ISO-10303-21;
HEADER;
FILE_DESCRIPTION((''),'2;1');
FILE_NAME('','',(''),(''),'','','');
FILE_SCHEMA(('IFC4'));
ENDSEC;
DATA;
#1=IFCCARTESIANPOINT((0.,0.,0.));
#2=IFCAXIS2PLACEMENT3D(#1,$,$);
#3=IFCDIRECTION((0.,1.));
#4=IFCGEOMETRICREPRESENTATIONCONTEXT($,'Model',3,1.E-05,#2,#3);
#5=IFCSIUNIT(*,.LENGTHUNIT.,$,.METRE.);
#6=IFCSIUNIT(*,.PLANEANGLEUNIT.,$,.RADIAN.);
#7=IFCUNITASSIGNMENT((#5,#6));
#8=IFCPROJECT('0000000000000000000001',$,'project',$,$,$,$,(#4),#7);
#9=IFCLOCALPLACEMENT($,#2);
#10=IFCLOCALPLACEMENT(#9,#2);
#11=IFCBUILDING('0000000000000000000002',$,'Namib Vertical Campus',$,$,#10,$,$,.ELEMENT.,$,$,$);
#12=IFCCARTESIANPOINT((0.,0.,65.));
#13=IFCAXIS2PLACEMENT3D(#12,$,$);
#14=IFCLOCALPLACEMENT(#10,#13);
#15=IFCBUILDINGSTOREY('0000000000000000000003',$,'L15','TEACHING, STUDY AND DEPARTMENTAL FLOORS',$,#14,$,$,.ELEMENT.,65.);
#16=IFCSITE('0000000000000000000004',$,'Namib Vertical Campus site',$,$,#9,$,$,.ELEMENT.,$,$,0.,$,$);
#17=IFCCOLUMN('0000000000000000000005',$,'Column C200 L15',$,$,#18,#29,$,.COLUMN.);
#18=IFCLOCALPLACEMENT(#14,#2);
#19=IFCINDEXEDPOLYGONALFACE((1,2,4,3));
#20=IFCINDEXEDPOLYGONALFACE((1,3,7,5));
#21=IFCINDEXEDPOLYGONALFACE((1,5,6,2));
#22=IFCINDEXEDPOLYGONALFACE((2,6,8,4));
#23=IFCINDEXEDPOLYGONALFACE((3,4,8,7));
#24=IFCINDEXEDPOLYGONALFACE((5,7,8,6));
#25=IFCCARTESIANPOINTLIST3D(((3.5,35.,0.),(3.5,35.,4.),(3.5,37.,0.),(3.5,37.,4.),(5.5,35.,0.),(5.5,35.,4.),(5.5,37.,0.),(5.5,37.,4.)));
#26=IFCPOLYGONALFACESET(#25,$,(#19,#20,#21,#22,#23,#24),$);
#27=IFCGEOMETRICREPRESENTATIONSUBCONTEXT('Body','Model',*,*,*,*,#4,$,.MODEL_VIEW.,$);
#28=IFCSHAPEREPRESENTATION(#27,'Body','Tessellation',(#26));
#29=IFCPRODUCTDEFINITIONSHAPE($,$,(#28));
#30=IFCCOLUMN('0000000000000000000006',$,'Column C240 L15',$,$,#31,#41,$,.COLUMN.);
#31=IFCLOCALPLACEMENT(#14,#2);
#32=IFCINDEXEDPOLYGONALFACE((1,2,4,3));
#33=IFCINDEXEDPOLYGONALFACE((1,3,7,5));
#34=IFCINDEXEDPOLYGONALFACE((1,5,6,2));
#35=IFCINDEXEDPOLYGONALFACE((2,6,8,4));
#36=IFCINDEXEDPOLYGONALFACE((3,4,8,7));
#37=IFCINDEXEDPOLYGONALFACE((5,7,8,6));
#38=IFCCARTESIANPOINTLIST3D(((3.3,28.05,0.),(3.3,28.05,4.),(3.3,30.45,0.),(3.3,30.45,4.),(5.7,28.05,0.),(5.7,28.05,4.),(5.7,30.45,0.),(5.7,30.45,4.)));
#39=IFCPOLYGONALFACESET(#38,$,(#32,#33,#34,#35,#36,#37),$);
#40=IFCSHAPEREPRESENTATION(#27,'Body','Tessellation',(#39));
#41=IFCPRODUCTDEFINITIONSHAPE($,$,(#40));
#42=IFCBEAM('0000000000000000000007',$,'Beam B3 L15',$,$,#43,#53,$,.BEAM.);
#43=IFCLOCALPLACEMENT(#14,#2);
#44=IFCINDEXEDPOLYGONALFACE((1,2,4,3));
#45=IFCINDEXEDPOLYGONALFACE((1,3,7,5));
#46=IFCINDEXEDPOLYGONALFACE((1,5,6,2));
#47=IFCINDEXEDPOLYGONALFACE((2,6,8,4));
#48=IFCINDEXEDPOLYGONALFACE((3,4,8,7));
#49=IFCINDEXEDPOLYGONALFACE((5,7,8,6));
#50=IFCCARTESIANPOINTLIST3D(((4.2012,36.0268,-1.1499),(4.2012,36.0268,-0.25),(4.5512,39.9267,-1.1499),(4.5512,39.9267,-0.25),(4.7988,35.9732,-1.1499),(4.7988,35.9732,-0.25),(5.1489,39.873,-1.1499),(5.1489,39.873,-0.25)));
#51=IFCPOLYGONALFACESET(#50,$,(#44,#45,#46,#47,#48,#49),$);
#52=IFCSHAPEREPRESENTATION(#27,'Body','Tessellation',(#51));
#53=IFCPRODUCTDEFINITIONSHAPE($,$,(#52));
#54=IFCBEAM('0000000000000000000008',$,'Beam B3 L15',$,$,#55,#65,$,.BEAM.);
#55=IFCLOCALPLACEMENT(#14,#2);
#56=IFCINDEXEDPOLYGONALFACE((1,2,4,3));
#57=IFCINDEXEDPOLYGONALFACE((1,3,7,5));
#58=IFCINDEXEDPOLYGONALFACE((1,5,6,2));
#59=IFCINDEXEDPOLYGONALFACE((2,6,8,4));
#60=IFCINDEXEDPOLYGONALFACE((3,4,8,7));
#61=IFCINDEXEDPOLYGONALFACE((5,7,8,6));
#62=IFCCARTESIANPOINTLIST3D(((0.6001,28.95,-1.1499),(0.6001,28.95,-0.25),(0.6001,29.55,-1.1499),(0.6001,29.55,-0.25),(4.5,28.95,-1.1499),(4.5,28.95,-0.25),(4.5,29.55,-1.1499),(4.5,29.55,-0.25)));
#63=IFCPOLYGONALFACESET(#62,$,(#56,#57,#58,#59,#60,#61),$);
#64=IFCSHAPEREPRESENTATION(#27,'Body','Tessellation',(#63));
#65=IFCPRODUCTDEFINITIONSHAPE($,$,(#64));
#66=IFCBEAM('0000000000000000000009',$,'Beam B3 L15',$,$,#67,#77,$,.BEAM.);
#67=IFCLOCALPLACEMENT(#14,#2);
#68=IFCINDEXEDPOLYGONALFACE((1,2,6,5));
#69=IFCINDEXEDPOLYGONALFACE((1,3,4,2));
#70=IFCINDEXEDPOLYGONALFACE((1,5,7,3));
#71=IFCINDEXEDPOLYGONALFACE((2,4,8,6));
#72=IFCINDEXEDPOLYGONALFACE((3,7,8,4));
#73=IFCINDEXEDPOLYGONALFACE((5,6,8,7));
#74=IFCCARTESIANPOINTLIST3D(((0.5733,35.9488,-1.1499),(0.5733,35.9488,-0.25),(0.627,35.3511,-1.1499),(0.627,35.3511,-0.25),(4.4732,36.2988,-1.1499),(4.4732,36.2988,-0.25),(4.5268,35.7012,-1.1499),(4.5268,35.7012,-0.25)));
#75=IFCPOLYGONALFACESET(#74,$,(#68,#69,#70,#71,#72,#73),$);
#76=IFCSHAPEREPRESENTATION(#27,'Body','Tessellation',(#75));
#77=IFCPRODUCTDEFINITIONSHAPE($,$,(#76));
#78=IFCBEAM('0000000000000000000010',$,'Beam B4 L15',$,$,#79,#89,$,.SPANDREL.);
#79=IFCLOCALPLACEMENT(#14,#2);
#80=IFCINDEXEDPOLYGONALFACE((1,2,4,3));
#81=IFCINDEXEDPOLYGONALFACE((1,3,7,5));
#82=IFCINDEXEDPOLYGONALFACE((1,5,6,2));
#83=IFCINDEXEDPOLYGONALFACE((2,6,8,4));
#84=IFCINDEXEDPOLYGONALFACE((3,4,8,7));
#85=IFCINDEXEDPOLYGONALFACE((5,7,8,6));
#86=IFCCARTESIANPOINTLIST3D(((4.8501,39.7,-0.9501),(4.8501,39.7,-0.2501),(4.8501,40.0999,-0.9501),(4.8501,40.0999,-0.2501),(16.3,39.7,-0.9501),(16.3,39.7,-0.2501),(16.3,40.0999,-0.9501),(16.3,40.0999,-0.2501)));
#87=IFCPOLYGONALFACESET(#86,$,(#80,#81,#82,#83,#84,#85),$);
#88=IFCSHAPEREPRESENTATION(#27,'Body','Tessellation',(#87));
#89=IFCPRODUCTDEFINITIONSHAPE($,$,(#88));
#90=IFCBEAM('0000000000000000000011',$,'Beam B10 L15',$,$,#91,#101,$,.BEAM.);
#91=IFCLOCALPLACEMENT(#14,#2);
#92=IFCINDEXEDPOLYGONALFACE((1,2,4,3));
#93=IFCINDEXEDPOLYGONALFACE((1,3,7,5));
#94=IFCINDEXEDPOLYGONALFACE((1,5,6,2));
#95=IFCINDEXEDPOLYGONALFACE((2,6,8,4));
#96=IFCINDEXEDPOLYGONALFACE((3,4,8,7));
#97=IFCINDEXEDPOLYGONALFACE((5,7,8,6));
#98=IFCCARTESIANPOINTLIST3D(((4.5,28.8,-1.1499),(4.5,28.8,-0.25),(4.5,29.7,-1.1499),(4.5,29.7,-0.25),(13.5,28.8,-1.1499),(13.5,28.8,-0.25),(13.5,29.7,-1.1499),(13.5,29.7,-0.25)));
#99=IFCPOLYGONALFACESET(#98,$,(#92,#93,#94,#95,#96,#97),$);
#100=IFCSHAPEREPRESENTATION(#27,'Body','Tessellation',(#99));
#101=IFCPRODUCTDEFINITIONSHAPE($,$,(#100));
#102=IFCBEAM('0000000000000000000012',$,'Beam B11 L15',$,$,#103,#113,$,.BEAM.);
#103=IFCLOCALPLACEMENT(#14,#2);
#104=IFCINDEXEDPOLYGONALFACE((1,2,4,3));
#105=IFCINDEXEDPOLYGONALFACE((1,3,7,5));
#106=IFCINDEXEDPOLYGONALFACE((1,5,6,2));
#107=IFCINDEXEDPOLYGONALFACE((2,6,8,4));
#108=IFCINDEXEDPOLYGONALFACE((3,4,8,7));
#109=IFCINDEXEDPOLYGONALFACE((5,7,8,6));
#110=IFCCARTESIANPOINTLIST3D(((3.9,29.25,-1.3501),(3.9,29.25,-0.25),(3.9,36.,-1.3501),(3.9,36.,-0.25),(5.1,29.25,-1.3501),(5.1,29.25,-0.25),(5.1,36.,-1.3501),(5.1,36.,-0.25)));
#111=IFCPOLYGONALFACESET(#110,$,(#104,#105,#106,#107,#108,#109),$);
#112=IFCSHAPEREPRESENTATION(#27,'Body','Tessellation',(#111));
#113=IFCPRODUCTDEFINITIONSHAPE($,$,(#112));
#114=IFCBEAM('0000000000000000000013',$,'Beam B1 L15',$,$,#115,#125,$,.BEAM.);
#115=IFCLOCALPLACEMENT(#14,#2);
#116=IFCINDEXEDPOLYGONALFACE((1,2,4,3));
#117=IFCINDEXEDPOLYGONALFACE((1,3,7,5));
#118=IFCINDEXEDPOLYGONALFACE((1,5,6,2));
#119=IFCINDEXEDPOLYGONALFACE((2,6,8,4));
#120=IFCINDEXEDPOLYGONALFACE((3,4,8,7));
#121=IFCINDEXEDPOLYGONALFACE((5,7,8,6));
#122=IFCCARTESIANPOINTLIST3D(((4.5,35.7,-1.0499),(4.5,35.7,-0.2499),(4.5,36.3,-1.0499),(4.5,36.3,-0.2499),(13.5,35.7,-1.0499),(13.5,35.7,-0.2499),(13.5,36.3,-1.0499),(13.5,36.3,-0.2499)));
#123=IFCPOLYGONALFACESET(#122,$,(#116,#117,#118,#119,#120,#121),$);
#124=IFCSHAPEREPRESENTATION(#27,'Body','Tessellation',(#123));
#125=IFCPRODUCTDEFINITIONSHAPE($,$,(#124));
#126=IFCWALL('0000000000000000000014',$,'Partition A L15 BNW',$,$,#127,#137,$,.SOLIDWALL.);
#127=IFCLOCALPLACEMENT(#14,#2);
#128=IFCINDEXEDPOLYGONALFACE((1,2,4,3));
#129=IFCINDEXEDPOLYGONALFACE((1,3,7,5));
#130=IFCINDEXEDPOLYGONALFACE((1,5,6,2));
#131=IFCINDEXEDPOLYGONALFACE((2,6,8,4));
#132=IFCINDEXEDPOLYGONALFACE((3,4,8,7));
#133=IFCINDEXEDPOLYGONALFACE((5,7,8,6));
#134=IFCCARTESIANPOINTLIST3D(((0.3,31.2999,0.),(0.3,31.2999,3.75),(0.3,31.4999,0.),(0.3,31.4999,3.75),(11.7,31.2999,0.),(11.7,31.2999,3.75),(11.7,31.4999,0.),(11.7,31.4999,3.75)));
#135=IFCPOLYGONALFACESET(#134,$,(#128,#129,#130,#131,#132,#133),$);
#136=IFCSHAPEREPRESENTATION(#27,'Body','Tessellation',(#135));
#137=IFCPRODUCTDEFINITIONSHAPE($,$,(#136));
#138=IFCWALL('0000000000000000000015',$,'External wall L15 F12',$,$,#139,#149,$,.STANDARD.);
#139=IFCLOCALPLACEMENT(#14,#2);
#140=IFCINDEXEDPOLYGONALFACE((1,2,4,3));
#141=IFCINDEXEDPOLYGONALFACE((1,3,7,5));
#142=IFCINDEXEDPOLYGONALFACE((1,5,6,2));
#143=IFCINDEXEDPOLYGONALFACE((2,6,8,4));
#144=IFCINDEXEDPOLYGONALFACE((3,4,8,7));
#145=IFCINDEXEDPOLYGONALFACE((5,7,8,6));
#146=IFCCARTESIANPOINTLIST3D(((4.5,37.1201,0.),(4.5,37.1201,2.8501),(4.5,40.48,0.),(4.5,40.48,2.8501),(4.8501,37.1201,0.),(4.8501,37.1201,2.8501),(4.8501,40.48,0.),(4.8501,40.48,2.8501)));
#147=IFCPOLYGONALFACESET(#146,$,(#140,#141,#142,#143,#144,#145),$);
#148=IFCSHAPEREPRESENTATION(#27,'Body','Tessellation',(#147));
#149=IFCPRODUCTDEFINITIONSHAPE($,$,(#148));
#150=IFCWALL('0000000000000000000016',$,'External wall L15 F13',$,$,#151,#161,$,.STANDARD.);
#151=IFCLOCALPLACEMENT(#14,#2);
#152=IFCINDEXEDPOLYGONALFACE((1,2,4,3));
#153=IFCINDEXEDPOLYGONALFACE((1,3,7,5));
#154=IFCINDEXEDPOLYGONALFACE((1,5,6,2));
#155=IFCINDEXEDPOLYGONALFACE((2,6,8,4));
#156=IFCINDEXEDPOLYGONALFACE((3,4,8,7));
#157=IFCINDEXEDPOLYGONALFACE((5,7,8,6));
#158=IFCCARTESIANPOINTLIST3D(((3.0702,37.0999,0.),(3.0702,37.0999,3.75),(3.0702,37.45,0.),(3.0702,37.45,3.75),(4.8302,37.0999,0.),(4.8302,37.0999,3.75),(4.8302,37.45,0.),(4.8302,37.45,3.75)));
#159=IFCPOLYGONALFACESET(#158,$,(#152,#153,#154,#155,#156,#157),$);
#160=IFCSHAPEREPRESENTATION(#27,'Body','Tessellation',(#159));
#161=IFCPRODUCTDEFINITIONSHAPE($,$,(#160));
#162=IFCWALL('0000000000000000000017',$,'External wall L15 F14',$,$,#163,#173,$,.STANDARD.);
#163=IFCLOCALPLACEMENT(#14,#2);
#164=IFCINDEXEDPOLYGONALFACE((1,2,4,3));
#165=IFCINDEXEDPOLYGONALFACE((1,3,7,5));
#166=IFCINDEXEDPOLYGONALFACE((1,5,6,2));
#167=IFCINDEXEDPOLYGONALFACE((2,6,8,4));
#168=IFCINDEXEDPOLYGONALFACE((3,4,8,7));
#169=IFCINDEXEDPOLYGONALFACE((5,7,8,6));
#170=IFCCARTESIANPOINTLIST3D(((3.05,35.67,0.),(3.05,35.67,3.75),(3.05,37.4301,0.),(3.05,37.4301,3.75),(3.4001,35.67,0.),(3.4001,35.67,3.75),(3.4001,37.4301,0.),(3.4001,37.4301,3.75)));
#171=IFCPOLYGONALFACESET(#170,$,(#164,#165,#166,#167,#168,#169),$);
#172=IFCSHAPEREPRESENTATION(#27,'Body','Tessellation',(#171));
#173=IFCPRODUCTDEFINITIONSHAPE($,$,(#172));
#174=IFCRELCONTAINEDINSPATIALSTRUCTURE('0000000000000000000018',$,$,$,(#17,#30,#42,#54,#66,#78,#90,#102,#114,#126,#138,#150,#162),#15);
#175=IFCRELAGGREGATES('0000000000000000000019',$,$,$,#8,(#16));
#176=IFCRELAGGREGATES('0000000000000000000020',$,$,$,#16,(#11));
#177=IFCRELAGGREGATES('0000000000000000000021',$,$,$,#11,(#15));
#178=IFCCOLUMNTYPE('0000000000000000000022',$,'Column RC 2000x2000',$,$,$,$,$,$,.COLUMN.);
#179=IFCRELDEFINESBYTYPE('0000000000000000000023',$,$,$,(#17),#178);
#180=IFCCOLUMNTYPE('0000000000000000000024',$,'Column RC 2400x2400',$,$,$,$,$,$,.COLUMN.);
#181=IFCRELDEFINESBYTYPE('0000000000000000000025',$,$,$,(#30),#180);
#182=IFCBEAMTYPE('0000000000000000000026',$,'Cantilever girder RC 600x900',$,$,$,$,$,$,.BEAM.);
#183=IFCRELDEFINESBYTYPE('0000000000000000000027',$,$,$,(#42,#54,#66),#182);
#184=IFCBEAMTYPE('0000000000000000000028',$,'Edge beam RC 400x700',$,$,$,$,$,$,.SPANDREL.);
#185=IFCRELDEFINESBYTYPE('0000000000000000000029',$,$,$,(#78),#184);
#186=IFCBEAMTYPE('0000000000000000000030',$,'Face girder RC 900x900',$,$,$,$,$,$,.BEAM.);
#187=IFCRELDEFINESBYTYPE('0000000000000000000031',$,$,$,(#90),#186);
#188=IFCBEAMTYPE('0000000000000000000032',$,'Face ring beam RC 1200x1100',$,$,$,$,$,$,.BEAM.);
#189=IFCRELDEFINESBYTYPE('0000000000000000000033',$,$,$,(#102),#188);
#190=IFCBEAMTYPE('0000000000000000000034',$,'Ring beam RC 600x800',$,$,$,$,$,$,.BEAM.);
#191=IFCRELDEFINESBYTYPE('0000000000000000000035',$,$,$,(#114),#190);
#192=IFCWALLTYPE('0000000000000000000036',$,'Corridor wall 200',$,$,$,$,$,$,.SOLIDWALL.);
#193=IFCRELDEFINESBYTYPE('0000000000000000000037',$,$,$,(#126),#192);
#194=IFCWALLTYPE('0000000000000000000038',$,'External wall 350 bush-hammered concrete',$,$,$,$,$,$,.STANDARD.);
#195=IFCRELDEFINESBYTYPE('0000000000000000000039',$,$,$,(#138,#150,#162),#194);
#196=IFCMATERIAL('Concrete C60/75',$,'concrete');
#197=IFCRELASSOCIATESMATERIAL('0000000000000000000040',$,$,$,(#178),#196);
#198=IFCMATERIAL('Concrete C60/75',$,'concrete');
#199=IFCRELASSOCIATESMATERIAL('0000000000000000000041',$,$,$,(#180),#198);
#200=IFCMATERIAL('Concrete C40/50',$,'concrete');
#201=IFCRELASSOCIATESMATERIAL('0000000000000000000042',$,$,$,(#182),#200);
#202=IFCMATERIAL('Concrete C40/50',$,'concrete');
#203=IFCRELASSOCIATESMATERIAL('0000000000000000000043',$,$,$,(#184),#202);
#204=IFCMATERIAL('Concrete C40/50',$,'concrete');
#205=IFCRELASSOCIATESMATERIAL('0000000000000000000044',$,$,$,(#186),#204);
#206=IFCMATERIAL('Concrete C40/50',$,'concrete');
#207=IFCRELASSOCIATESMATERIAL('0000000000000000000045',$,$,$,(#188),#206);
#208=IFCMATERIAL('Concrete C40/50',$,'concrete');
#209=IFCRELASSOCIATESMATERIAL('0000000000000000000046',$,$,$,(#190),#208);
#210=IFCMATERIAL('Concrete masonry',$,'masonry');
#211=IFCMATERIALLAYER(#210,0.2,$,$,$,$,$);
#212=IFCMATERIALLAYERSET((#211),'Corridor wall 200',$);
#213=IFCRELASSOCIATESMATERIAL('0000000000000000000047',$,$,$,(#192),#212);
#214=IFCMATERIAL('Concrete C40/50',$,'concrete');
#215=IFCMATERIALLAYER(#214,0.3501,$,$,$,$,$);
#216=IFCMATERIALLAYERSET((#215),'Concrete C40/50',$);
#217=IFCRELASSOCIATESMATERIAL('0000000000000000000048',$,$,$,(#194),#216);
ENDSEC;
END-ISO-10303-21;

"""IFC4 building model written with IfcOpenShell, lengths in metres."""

from ifc_helpers import new_model, si_unit, direction, frame, frame_2d, origin, origin_2d, place, context, subcontext, project, spatial, rectangle, extrude, material, layer, layer_set, material_profile, profile_set, type_object, element, save


model = new_model("IFC4")

# Units and contexts
model_context = context("Model", 3, precision=1e-05, world=origin(), true_north=direction((0.0, 1.0)))
body_context = subcontext(model_context, "Body", "Model", "MODEL_VIEW")
ifc_project = project(units=[si_unit("LENGTHUNIT", "METRE"), si_unit("PLANEANGLEUNIT", "RADIAN")], contexts=[model_context])

# Site, building, storey
site_placement = place(None, origin())
site = spatial("IfcSite", under=ifc_project, at=site_placement, Name="Namib Vertical Campus site", CompositionType="ELEMENT", RefElevation=0.0)
building_placement = place(site_placement, origin())
building = spatial("IfcBuilding", under=site, at=building_placement, Name="Namib Vertical Campus", CompositionType="ELEMENT")
storey_placement = place(building_placement, frame((0.0, 0.0, 65.0)))
storey = spatial("IfcBuildingStorey", under=building, at=storey_placement, Name="L15", Description="TEACHING, STUDY AND DEPARTMENTAL FLOORS", CompositionType="ELEMENT", Elevation=65.0)

# Columns
ifc_material_1 = material(Name="Concrete C60/75", Category="concrete")
ifc_material_profile_1 = material_profile(ifc_material_1, rectangle(XDim=2.0, YDim=2.0, at=origin_2d()))
ifc_profile_set_1 = profile_set([ifc_material_profile_1], Name="Concrete C60/75")
column_type_1 = type_object("IfcColumnType", Name="Column RC 2000x2000", PredefinedType="COLUMN", material=ifc_profile_set_1)
column_1_placement = place(storey_placement, frame((4.5, 36.0, 0.0), z_axis=(0.0, 0.0, 1.0), x_axis=(1.0, 0.0, 0.0)))
element("IfcColumn", 1, at=column_1_placement, inside=storey, type_object=column_type_1, Name="Column C200 L15", PredefinedType="COLUMN", context=body_context, shape_type="SweptSolid", body=[
    extrude(rectangle(XDim=2.0, YDim=2.0, at=origin_2d()), origin(), (0.0, 0.0, 1.0), 4.0),
])
ifc_material_2 = material(Name="Concrete C60/75", Category="concrete")
ifc_material_profile_2 = material_profile(ifc_material_2, rectangle(XDim=2.3999, YDim=2.3999, at=origin_2d()))
ifc_profile_set_2 = profile_set([ifc_material_profile_2], Name="Concrete C60/75")
column_type_2 = type_object("IfcColumnType", Name="Column RC 2400x2400", PredefinedType="COLUMN", material=ifc_profile_set_2)
column_2_placement = place(storey_placement, frame((4.5, 29.25, 0.0), z_axis=(0.0, 0.0, 1.0), x_axis=(1.0, 0.0, 0.0)))
element("IfcColumn", 2, at=column_2_placement, inside=storey, type_object=column_type_2, Name="Column C240 L15", PredefinedType="COLUMN", context=body_context, shape_type="SweptSolid", body=[
    extrude(rectangle(XDim=2.3999, YDim=2.3999, at=origin_2d()), origin(), (0.0, 0.0, 1.0), 4.0),
])

# Beams
ifc_material_3 = material(Name="Concrete C40/50", Category="concrete")
ifc_material_profile_3 = material_profile(ifc_material_3, rectangle(XDim=0.6001, YDim=0.8999, at=origin_2d()))
ifc_profile_set_3 = profile_set([ifc_material_profile_3], Name="Concrete C40/50")
beam_type_1 = type_object("IfcBeamType", Name="Cantilever girder RC 600x900", PredefinedType="BEAM", material=ifc_profile_set_3)
beam_1_placement = place(storey_placement, frame((4.5, 36.0, -0.7), z_axis=(0.089411, 0.995995, 0.0), x_axis=(-0.995995, 0.089411, 0.0)))
element("IfcBeam", 3, at=beam_1_placement, inside=storey, type_object=beam_type_1, Name="Beam B3 L15", PredefinedType="BEAM", context=body_context, shape_type="SweptSolid", body=[
    extrude(rectangle(XDim=0.6001, YDim=0.8999, at=origin_2d()), origin(), (0.0, 0.0, 1.0), 3.9155),
])
beam_2_placement = place(storey_placement, frame((4.5, 29.25, -0.7), z_axis=(-1.0, 0.0, 0.0), x_axis=(0.0, -1.0, 0.0)))
element("IfcBeam", 4, at=beam_2_placement, inside=storey, type_object=beam_type_1, Name="Beam B3 L15", PredefinedType="BEAM", context=body_context, shape_type="SweptSolid", body=[
    extrude(rectangle(XDim=0.6001, YDim=0.8999, at=origin_2d()), origin(), (0.0, 0.0, 1.0), 3.8999),
])
beam_3_placement = place(storey_placement, frame((4.5, 36.0, -0.7), z_axis=(-0.995995, -0.089411, 0.0), x_axis=(0.089411, -0.995995, 0.0)))
element("IfcBeam", 5, at=beam_3_placement, inside=storey, type_object=beam_type_1, Name="Beam B3 L15", PredefinedType="BEAM", context=body_context, shape_type="SweptSolid", body=[
    extrude(rectangle(XDim=0.6001, YDim=0.8999, at=origin_2d()), origin(), (0.0, 0.0, 1.0), 3.9155),
])
ifc_material_4 = material(Name="Concrete C40/50", Category="concrete")
ifc_material_profile_4 = material_profile(ifc_material_4, rectangle(XDim=0.3999, YDim=0.7, at=origin_2d()))
ifc_profile_set_4 = profile_set([ifc_material_profile_4], Name="Concrete C40/50")
beam_type_2 = type_object("IfcBeamType", Name="Edge beam RC 400x700", PredefinedType="SPANDREL", material=ifc_profile_set_4)
beam_4_placement = place(storey_placement, frame((4.8501, 39.8999, -0.6001), z_axis=(1.0, 0.0, 0.0), x_axis=(0.0, 1.0, 0.0)))
element("IfcBeam", 6, at=beam_4_placement, inside=storey, type_object=beam_type_2, Name="Beam B4 L15", PredefinedType="SPANDREL", context=body_context, shape_type="SweptSolid", body=[
    extrude(rectangle(XDim=0.3999, YDim=0.7, at=origin_2d()), origin(), (0.0, 0.0, 1.0), 11.45),
])
ifc_material_5 = material(Name="Concrete C40/50", Category="concrete")
ifc_material_profile_5 = material_profile(ifc_material_5, rectangle(XDim=0.8999, YDim=0.8999, at=origin_2d()))
ifc_profile_set_5 = profile_set([ifc_material_profile_5], Name="Concrete C40/50")
beam_type_3 = type_object("IfcBeamType", Name="Face girder RC 900x900", PredefinedType="BEAM", material=ifc_profile_set_5)
beam_5_placement = place(storey_placement, frame((4.5, 29.25, -0.7), z_axis=(1.0, 0.0, 0.0), x_axis=(0.0, 1.0, 0.0)))
element("IfcBeam", 7, at=beam_5_placement, inside=storey, type_object=beam_type_3, Name="Beam B10 L15", PredefinedType="BEAM", context=body_context, shape_type="SweptSolid", body=[
    extrude(rectangle(XDim=0.8999, YDim=0.8999, at=origin_2d()), origin(), (0.0, 0.0, 1.0), 9.0),
])
ifc_material_6 = material(Name="Concrete C40/50", Category="concrete")
ifc_material_profile_6 = material_profile(ifc_material_6, rectangle(XDim=1.2, YDim=1.1001, at=origin_2d()))
ifc_profile_set_6 = profile_set([ifc_material_profile_6], Name="Concrete C40/50")
beam_type_4 = type_object("IfcBeamType", Name="Face ring beam RC 1200x1100", PredefinedType="BEAM", material=ifc_profile_set_6)
beam_6_placement = place(storey_placement, frame((4.5, 29.25, -0.8), z_axis=(0.0, 1.0, 0.0), x_axis=(-1.0, 0.0, 0.0)))
element("IfcBeam", 8, at=beam_6_placement, inside=storey, type_object=beam_type_4, Name="Beam B11 L15", PredefinedType="BEAM", context=body_context, shape_type="SweptSolid", body=[
    extrude(rectangle(XDim=1.2, YDim=1.1001, at=origin_2d()), origin(), (0.0, 0.0, 1.0), 6.75),
])
ifc_material_7 = material(Name="Concrete C40/50", Category="concrete")
ifc_material_profile_7 = material_profile(ifc_material_7, rectangle(XDim=0.6001, YDim=0.8, at=origin_2d()))
ifc_profile_set_7 = profile_set([ifc_material_profile_7], Name="Concrete C40/50")
beam_type_5 = type_object("IfcBeamType", Name="Ring beam RC 600x800", PredefinedType="BEAM", material=ifc_profile_set_7)
beam_7_placement = place(storey_placement, frame((4.5, 36.0, -0.6499), z_axis=(1.0, 0.0, 0.0), x_axis=(0.0, 1.0, 0.0)))
element("IfcBeam", 9, at=beam_7_placement, inside=storey, type_object=beam_type_5, Name="Beam B1 L15", PredefinedType="BEAM", context=body_context, shape_type="SweptSolid", body=[
    extrude(rectangle(XDim=0.6001, YDim=0.8, at=origin_2d()), origin(), (0.0, 0.0, 1.0), 9.0),
])

# Walls
ifc_material_8 = material(Name="Concrete masonry", Category="masonry")
ifc_layer_1 = layer(ifc_material_8, 0.2)
ifc_layer_set_1 = layer_set([ifc_layer_1], Name="Corridor wall 200")
wall_type_1 = type_object("IfcWallType", Name="Corridor wall 200", PredefinedType="SOLIDWALL", material=ifc_layer_set_1)
wall_1_placement = place(storey_placement, frame((0.3, 31.3999, 0.0), z_axis=(0.0, 0.0, 1.0), x_axis=(1.0, 0.0, 0.0)))
element("IfcWall", 10, at=wall_1_placement, inside=storey, type_object=wall_type_1, Name="Partition A L15 BNW", PredefinedType="SOLIDWALL", context=body_context, shape_type="SweptSolid", body=[
    extrude(rectangle(XDim=11.3999, YDim=0.2, at=frame_2d((5.7, 0.0))), origin(), (0.0, 0.0, 1.0), 3.75),
])
ifc_material_9 = material(Name="Concrete C40/50", Category="concrete")
ifc_layer_2 = layer(ifc_material_9, 0.3501)
ifc_layer_set_2 = layer_set([ifc_layer_2], Name="Concrete C40/50")
wall_type_2 = type_object("IfcWallType", Name="External wall 350 bush-hammered concrete", PredefinedType="STANDARD", material=ifc_layer_set_2)
wall_2_placement = place(storey_placement, frame((4.675, 40.48, 0.0), z_axis=(0.0, 0.0, 1.0), x_axis=(0.0, -1.0, 0.0)))
element("IfcWall", 11, at=wall_2_placement, inside=storey, type_object=wall_type_2, Name="External wall L15 F12", PredefinedType="STANDARD", context=body_context, shape_type="SweptSolid", body=[
    extrude(rectangle(XDim=3.3599, YDim=0.3501, at=frame_2d((1.6799, 0.0))), origin(), (0.0, 0.0, 1.0), 2.8501),
])
for number, where, z_axis, x_axis, name in (
    (12, (4.8301, 37.2749, 0.0), (0.0, 0.0, 1.0), (-1.0, 0.0, 0.0), "External wall L15 F13"),
    (13, (3.2251, 37.4299, 0.0), (0.0, 0.0, 1.0), (0.0, -1.0, 0.0), "External wall L15 F14"),
):
    element("IfcWall", number, at=place(storey_placement, frame(where, z_axis=z_axis, x_axis=x_axis)), inside=storey, type_object=wall_type_2, Name=name, PredefinedType="STANDARD", context=body_context, shape_type="SweptSolid", body=[
        extrude(rectangle(XDim=1.76, YDim=0.3501, at=frame_2d((0.8799, 0.0))), origin(), (0.0, 0.0, 1.0), 3.75),
    ])

save(model, "model.ifc")
